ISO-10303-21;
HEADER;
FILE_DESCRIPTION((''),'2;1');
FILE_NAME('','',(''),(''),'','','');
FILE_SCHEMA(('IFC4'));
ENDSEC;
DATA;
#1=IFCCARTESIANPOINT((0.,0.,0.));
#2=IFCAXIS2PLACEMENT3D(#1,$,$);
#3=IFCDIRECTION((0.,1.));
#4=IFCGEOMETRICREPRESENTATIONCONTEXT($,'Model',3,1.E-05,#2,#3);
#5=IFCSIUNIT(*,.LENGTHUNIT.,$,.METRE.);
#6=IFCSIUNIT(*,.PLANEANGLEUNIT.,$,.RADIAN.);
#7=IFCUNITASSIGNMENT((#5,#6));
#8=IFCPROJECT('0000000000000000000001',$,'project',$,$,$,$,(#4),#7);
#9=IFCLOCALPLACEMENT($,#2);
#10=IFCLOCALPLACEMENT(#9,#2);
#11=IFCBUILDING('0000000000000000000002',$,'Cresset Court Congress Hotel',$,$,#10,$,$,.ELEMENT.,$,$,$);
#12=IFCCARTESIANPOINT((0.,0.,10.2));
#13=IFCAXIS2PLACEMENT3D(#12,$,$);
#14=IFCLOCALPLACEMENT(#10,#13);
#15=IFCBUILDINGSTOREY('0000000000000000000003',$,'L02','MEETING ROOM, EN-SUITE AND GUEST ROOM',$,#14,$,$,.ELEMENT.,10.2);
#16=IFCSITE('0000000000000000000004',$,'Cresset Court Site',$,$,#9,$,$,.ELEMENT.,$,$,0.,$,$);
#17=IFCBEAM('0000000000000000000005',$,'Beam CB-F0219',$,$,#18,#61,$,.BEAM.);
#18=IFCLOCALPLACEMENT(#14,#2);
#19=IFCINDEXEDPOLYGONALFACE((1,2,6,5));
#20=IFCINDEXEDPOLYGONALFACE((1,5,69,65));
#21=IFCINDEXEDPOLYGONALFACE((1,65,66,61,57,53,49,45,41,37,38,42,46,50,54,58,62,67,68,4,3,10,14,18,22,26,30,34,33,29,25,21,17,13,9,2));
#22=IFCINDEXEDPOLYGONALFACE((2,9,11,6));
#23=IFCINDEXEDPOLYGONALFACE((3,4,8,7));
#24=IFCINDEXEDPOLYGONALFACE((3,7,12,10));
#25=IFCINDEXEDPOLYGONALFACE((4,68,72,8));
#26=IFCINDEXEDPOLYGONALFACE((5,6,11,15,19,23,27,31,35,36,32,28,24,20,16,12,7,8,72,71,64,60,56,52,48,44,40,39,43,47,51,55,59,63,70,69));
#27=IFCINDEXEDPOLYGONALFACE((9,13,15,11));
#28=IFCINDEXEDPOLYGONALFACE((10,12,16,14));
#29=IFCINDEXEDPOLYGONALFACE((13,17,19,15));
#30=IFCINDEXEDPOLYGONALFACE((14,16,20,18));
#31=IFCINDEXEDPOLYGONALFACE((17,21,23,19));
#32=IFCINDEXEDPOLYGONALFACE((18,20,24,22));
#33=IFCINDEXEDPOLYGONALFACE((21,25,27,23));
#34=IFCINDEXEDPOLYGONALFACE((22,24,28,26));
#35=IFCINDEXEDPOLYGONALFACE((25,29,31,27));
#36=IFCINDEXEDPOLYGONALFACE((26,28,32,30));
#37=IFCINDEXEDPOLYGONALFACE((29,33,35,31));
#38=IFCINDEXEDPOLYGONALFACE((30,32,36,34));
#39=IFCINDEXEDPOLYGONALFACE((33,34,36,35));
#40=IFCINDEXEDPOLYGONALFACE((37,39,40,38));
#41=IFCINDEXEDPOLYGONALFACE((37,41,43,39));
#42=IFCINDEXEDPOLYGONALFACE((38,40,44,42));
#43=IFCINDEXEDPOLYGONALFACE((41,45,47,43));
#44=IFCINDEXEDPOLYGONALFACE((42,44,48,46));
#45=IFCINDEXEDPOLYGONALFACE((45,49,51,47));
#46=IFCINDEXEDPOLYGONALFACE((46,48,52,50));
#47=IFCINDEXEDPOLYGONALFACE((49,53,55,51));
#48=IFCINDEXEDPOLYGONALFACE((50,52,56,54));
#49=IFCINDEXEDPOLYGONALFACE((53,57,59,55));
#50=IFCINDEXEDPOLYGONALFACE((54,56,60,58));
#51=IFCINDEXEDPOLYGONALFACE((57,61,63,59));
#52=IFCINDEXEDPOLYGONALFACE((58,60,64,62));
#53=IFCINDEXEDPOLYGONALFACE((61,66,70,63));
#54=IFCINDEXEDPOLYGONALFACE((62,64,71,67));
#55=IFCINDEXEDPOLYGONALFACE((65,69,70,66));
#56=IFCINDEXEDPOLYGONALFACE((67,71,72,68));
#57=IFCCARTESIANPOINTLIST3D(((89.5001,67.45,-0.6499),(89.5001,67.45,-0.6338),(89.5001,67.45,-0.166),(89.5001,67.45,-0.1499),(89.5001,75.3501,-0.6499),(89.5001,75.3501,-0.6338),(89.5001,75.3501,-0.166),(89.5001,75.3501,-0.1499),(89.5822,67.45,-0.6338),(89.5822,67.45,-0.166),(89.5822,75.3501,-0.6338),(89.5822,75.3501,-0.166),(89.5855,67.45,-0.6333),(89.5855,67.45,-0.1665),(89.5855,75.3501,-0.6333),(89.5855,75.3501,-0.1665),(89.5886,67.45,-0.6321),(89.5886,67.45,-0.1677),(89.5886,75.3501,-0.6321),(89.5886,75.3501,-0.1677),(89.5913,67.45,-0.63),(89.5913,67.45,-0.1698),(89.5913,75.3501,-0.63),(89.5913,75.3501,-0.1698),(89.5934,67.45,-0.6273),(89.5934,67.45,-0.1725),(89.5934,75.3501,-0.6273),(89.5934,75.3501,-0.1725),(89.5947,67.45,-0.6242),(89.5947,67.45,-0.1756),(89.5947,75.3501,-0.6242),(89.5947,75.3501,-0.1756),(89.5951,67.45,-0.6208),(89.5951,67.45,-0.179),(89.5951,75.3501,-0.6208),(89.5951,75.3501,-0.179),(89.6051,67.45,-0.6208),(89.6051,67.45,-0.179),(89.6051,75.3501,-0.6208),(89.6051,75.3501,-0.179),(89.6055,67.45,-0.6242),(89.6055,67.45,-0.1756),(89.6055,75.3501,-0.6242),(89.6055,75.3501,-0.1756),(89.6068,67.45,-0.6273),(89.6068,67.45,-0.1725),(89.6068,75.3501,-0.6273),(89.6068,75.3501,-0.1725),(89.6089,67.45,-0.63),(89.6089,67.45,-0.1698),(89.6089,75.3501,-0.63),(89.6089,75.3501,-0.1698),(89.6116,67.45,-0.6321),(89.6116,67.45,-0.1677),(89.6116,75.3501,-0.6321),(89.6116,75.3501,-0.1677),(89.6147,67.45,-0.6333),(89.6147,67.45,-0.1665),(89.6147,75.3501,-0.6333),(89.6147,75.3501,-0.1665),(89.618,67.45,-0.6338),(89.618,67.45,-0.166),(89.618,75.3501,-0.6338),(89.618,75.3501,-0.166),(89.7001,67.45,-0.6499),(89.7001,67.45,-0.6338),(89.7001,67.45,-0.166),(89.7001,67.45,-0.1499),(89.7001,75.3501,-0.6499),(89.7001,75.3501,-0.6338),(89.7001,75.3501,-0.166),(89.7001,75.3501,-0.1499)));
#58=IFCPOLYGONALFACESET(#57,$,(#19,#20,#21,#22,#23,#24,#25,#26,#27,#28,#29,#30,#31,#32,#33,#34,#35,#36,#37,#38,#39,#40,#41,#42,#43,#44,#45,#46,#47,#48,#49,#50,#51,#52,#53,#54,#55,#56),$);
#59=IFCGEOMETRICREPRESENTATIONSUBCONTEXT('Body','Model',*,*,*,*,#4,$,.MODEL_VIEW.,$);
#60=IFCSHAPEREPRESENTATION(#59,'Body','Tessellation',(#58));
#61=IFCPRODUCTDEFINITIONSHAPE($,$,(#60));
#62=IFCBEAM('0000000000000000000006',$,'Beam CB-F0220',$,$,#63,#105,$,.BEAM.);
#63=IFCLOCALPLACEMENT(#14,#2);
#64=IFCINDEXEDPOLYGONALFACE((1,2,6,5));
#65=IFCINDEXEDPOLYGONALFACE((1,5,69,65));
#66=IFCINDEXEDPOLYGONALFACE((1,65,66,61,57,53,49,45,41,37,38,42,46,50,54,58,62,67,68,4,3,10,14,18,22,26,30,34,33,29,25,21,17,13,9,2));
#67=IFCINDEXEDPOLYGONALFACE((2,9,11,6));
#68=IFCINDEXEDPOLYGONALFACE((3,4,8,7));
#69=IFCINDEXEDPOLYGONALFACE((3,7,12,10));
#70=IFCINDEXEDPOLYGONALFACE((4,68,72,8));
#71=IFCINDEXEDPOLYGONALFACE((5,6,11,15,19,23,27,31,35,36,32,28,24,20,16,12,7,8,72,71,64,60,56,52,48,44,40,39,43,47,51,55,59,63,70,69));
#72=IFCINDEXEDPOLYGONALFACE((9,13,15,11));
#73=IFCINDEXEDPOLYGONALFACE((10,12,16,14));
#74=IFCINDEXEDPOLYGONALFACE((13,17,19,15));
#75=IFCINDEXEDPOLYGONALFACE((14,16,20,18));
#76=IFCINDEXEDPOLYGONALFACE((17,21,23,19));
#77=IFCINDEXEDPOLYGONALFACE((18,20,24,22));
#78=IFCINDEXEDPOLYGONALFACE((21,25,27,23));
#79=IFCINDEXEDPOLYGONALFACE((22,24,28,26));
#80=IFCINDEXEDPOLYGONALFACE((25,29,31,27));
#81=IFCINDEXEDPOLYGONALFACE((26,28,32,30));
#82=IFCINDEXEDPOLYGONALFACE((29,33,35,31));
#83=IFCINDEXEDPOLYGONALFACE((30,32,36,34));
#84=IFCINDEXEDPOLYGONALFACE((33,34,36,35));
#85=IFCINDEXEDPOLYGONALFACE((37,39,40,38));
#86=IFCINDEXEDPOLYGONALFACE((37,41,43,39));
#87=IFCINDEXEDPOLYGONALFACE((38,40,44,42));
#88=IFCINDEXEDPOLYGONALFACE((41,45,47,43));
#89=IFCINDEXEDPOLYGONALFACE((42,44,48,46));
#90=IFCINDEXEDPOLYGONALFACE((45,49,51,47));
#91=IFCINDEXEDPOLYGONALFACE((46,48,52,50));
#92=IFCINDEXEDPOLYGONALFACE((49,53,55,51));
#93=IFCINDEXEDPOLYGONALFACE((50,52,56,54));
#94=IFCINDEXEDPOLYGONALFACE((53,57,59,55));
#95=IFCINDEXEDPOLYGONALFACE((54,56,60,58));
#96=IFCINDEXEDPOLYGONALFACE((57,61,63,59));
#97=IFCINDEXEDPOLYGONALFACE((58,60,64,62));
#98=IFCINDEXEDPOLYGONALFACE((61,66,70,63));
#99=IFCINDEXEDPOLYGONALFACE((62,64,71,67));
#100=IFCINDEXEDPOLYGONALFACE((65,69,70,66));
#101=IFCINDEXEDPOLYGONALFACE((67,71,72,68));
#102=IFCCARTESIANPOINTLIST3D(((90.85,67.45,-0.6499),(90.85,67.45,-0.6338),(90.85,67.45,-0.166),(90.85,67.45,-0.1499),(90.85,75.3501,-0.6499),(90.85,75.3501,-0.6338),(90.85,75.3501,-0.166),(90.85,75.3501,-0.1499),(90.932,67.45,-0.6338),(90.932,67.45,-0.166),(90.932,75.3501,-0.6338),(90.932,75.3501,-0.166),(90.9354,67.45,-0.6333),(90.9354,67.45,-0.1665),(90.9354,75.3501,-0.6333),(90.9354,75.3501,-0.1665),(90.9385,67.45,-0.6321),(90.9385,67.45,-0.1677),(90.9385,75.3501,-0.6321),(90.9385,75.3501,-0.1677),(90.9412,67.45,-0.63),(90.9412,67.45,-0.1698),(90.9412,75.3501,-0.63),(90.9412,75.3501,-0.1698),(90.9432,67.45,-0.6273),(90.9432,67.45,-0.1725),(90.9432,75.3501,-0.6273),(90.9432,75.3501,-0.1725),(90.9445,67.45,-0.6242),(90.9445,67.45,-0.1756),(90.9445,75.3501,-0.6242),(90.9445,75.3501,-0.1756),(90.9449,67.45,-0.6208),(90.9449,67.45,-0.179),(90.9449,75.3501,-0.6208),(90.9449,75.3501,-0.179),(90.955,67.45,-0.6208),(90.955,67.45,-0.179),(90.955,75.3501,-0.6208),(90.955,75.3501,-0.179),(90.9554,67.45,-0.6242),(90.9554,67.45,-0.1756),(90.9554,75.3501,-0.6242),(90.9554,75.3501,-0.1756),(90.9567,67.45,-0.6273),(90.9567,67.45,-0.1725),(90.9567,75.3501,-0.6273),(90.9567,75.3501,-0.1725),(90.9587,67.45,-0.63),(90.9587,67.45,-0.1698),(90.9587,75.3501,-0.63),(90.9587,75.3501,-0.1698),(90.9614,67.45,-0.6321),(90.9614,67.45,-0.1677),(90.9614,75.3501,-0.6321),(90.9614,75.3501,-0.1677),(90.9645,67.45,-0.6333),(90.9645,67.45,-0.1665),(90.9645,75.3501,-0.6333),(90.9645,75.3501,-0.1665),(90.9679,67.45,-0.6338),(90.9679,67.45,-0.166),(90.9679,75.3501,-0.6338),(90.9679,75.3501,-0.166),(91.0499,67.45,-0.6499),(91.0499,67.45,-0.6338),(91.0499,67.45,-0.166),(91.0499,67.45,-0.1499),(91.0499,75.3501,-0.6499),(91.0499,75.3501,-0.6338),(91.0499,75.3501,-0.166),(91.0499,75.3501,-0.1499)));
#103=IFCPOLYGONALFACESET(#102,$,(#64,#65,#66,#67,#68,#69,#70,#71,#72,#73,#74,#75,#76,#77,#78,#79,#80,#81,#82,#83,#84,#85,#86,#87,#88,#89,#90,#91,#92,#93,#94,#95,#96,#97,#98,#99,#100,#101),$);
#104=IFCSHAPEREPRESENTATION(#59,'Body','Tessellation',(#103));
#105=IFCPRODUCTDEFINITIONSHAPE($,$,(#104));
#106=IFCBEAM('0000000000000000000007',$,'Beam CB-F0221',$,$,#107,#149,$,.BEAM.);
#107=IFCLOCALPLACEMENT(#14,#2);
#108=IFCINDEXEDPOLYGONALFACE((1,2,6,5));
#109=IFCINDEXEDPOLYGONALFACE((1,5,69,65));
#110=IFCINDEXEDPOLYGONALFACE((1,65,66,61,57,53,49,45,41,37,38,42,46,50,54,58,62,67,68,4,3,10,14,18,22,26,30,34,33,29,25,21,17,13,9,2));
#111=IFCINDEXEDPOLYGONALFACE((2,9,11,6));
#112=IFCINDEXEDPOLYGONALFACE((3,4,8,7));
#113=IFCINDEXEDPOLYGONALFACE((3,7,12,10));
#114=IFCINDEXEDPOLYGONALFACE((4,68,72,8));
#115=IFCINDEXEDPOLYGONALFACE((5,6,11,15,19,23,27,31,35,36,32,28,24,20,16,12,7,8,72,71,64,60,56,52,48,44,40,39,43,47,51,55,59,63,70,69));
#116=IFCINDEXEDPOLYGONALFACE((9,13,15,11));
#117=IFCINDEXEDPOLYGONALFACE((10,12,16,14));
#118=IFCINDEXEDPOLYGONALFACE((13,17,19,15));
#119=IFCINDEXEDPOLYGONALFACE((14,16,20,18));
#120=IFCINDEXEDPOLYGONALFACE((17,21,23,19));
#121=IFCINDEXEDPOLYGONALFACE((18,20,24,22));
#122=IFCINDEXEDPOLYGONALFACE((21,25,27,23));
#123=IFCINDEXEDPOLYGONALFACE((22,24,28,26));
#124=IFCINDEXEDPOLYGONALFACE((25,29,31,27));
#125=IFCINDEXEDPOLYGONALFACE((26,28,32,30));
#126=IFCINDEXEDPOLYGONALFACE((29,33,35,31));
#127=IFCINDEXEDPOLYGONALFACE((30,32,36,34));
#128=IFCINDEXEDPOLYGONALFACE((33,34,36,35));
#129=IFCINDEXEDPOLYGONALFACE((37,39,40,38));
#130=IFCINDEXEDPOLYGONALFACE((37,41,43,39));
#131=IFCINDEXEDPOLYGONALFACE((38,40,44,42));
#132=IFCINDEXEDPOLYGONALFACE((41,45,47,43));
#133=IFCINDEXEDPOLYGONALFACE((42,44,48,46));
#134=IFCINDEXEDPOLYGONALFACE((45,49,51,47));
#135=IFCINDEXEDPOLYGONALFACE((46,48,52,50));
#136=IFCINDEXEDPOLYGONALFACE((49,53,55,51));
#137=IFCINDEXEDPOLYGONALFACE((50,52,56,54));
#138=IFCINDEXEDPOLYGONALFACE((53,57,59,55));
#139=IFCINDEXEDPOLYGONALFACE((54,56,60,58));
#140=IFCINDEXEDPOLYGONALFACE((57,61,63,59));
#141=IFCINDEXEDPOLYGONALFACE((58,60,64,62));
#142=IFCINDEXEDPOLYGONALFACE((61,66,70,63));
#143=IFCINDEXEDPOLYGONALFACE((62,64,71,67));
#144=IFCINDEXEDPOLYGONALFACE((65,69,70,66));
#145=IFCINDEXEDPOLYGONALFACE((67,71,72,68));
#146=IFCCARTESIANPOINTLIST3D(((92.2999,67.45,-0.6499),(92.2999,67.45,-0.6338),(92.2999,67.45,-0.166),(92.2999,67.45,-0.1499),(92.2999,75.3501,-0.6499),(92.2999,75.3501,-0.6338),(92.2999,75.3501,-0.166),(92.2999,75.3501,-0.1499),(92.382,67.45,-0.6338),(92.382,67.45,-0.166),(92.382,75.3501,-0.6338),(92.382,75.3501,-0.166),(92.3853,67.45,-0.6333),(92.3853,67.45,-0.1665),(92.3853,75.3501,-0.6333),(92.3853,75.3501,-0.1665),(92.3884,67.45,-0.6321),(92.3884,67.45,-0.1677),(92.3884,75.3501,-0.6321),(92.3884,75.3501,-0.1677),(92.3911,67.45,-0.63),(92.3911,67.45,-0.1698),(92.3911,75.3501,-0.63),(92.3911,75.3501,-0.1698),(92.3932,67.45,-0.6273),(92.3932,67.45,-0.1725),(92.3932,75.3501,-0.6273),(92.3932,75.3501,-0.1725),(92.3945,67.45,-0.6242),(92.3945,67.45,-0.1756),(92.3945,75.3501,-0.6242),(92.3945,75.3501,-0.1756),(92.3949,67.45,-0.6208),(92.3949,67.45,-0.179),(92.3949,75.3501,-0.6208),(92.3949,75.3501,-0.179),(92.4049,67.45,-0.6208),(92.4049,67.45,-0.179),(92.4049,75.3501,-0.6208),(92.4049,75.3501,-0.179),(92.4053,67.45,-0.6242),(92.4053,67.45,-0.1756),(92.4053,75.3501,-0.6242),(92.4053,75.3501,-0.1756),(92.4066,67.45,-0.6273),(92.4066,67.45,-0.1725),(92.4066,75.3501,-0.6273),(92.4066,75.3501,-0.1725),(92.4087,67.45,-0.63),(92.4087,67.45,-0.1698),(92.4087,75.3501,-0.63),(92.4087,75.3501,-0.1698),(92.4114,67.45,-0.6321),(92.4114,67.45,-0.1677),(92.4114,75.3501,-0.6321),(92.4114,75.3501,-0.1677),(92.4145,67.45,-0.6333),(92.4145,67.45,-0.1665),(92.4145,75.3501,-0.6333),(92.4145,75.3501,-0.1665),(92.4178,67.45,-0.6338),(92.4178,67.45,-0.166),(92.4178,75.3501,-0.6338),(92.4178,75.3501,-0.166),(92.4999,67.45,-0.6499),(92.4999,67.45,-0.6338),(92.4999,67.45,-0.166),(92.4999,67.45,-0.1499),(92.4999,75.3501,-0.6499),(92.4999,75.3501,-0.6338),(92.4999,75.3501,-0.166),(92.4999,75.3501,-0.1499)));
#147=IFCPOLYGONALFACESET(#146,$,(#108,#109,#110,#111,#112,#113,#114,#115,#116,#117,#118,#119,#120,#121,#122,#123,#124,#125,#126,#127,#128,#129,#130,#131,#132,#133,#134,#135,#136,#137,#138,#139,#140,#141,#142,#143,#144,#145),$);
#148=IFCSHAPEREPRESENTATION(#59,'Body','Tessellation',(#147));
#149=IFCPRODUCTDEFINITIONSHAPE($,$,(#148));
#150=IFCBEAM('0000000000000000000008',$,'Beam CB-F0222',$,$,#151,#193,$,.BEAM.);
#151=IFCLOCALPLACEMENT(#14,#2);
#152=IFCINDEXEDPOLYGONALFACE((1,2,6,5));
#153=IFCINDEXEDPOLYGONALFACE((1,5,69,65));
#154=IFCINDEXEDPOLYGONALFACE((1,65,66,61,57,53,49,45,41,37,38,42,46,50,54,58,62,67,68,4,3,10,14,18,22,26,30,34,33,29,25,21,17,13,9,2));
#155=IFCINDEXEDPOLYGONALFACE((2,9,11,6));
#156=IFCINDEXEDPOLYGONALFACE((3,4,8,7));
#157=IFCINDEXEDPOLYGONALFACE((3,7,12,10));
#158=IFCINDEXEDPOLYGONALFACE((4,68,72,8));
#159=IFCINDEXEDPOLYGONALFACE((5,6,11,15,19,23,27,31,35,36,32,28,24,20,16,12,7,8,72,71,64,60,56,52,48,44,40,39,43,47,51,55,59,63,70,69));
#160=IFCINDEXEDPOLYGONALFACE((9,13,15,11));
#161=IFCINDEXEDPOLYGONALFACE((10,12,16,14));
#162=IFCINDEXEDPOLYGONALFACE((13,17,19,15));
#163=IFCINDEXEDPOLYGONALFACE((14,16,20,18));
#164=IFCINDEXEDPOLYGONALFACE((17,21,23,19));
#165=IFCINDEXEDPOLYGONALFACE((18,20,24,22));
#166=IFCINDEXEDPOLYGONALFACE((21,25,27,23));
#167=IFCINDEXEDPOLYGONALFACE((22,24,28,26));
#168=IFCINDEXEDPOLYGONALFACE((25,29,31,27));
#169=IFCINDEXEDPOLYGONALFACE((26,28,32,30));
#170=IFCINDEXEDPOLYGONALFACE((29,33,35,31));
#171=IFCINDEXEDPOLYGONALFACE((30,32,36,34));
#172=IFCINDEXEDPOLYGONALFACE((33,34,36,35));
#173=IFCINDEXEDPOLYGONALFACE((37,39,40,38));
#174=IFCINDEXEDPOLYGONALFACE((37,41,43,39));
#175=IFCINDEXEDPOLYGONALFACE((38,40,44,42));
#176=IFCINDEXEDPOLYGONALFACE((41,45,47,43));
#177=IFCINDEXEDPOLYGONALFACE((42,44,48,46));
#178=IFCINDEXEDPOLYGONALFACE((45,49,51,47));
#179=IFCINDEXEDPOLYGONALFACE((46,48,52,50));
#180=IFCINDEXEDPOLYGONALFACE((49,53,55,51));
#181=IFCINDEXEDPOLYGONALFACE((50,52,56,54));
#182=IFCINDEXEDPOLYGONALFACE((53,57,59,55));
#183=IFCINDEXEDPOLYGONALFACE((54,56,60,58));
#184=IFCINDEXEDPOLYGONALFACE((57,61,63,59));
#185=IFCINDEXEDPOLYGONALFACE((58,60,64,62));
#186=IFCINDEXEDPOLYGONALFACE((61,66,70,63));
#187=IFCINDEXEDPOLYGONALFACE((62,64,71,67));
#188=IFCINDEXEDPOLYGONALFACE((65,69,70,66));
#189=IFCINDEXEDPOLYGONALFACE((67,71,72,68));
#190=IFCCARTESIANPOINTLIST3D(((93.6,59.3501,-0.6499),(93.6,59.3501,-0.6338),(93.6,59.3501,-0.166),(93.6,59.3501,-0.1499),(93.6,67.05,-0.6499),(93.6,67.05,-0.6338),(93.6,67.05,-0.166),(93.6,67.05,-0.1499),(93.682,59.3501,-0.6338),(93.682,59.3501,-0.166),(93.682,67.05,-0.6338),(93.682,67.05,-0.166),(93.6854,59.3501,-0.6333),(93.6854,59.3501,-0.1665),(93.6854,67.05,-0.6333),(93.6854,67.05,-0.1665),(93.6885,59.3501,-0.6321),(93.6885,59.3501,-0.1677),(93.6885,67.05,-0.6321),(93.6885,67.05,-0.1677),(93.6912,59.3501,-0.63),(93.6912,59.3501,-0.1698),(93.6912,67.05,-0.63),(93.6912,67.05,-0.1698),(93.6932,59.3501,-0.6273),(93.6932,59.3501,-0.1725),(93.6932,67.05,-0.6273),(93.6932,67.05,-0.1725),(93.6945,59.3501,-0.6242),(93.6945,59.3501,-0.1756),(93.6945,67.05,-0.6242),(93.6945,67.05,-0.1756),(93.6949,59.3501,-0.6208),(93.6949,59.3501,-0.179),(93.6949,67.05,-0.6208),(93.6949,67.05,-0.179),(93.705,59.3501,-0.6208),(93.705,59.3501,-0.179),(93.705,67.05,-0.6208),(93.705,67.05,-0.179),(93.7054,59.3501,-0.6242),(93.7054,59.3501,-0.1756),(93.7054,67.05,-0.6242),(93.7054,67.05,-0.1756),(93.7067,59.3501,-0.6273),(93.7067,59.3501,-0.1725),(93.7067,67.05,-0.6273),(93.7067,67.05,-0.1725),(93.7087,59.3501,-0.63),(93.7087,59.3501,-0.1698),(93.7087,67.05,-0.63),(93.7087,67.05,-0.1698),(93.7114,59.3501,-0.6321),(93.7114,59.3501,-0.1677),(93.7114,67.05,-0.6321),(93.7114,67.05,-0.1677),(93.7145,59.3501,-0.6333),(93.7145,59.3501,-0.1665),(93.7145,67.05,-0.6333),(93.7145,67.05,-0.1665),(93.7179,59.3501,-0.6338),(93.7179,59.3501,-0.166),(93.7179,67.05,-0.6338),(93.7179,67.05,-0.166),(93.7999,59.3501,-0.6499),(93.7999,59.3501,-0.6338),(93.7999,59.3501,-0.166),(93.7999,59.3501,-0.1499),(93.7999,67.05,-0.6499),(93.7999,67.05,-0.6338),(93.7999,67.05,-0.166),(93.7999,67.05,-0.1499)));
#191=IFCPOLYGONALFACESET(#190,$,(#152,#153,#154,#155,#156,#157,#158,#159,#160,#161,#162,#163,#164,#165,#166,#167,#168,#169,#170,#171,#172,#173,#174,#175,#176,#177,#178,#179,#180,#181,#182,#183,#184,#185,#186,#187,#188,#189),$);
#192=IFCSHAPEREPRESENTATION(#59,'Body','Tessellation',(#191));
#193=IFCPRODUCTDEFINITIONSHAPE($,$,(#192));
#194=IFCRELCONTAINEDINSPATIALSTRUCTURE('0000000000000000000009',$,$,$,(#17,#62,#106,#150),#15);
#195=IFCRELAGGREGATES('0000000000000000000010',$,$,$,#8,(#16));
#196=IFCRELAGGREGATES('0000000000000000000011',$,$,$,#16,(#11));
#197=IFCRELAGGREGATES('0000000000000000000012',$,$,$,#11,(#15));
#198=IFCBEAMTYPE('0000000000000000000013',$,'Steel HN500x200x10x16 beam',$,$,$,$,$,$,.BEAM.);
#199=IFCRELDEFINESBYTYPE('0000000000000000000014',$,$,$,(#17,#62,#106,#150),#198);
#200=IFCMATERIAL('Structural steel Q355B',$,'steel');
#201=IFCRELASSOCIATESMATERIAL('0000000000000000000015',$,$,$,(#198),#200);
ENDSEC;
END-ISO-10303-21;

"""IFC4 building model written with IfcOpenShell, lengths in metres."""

from ifc_helpers import new_model, si_unit, direction, frame, origin, origin_2d, place, context, subcontext, project, spatial, i_section, extrude, material, material_profile, profile_set, type_object, element, save


model = new_model("IFC4")

# Units and contexts
model_context = context("Model", 3, precision=1e-05, world=origin(), true_north=direction((0.0, 1.0)))
body_context = subcontext(model_context, "Body", "Model", "MODEL_VIEW")
ifc_project = project(units=[si_unit("LENGTHUNIT", "METRE"), si_unit("PLANEANGLEUNIT", "RADIAN")], contexts=[model_context])

# Site, building, storey
site_placement = place(None, origin())
site = spatial("IfcSite", under=ifc_project, at=site_placement, Name="Cresset Court Site", CompositionType="ELEMENT", RefElevation=0.0)
building_placement = place(site_placement, origin())
building = spatial("IfcBuilding", under=site, at=building_placement, Name="Cresset Court Congress Hotel", CompositionType="ELEMENT")
storey_placement = place(building_placement, frame((0.0, 0.0, 10.2)))
storey = spatial("IfcBuildingStorey", under=building, at=storey_placement, Name="L02", Description="MEETING ROOM, EN-SUITE AND GUEST ROOM", CompositionType="ELEMENT", Elevation=10.2)

# Beams
ifc_material_1 = material(Name="Structural steel Q355B", Category="steel")
ifc_material_profile_1 = material_profile(ifc_material_1, i_section(OverallWidth=0.2, OverallDepth=0.5, WebThickness=0.01, FlangeThickness=0.0161, FilletRadius=0.0129, at=origin_2d()), Name="HN500x200x10x16")
ifc_profile_set_1 = profile_set([ifc_material_profile_1], Name="Structural steel Q355B")
beam_type_1 = type_object("IfcBeamType", Name="Steel HN500x200x10x16 beam", PredefinedType="BEAM", material=ifc_profile_set_1)
for number, where, z_axis, x_axis, name in (
    (1, (89.6001, 67.45, -0.3999), (0.0, 1.0, 0.0), (-1.0, 0.0, 0.0), "Beam CB-F0219"),
    (2, (90.95, 67.45, -0.3999), (0.0, 1.0, 0.0), (-1.0, 0.0, 0.0), "Beam CB-F0220"),
    (3, (92.3999, 67.45, -0.3999), (0.0, 1.0, 0.0), (-1.0, 0.0, 0.0), "Beam CB-F0221"),
):
    element("IfcBeam", number, at=place(storey_placement, frame(where, z_axis=z_axis, x_axis=x_axis)), inside=storey, type_object=beam_type_1, Name=name, PredefinedType="BEAM", context=body_context, shape_type="SweptSolid", body=[
        extrude(i_section(OverallWidth=0.2, OverallDepth=0.5, WebThickness=0.01, FlangeThickness=0.0161, FilletRadius=0.0129, at=origin_2d()), origin(), (0.0, 0.0, 1.0), 7.9001),
    ])
beam_1_placement = place(storey_placement, frame((93.7, 59.3501, -0.3999), z_axis=(0.0, 1.0, 0.0), x_axis=(-1.0, 0.0, 0.0)))
element("IfcBeam", 4, at=beam_1_placement, inside=storey, type_object=beam_type_1, Name="Beam CB-F0222", PredefinedType="BEAM", context=body_context, shape_type="SweptSolid", body=[
    extrude(i_section(OverallWidth=0.2, OverallDepth=0.5, WebThickness=0.01, FlangeThickness=0.0161, FilletRadius=0.0129, at=origin_2d()), origin(), (0.0, 0.0, 1.0), 7.7),
])

save(model, "model.ifc")
